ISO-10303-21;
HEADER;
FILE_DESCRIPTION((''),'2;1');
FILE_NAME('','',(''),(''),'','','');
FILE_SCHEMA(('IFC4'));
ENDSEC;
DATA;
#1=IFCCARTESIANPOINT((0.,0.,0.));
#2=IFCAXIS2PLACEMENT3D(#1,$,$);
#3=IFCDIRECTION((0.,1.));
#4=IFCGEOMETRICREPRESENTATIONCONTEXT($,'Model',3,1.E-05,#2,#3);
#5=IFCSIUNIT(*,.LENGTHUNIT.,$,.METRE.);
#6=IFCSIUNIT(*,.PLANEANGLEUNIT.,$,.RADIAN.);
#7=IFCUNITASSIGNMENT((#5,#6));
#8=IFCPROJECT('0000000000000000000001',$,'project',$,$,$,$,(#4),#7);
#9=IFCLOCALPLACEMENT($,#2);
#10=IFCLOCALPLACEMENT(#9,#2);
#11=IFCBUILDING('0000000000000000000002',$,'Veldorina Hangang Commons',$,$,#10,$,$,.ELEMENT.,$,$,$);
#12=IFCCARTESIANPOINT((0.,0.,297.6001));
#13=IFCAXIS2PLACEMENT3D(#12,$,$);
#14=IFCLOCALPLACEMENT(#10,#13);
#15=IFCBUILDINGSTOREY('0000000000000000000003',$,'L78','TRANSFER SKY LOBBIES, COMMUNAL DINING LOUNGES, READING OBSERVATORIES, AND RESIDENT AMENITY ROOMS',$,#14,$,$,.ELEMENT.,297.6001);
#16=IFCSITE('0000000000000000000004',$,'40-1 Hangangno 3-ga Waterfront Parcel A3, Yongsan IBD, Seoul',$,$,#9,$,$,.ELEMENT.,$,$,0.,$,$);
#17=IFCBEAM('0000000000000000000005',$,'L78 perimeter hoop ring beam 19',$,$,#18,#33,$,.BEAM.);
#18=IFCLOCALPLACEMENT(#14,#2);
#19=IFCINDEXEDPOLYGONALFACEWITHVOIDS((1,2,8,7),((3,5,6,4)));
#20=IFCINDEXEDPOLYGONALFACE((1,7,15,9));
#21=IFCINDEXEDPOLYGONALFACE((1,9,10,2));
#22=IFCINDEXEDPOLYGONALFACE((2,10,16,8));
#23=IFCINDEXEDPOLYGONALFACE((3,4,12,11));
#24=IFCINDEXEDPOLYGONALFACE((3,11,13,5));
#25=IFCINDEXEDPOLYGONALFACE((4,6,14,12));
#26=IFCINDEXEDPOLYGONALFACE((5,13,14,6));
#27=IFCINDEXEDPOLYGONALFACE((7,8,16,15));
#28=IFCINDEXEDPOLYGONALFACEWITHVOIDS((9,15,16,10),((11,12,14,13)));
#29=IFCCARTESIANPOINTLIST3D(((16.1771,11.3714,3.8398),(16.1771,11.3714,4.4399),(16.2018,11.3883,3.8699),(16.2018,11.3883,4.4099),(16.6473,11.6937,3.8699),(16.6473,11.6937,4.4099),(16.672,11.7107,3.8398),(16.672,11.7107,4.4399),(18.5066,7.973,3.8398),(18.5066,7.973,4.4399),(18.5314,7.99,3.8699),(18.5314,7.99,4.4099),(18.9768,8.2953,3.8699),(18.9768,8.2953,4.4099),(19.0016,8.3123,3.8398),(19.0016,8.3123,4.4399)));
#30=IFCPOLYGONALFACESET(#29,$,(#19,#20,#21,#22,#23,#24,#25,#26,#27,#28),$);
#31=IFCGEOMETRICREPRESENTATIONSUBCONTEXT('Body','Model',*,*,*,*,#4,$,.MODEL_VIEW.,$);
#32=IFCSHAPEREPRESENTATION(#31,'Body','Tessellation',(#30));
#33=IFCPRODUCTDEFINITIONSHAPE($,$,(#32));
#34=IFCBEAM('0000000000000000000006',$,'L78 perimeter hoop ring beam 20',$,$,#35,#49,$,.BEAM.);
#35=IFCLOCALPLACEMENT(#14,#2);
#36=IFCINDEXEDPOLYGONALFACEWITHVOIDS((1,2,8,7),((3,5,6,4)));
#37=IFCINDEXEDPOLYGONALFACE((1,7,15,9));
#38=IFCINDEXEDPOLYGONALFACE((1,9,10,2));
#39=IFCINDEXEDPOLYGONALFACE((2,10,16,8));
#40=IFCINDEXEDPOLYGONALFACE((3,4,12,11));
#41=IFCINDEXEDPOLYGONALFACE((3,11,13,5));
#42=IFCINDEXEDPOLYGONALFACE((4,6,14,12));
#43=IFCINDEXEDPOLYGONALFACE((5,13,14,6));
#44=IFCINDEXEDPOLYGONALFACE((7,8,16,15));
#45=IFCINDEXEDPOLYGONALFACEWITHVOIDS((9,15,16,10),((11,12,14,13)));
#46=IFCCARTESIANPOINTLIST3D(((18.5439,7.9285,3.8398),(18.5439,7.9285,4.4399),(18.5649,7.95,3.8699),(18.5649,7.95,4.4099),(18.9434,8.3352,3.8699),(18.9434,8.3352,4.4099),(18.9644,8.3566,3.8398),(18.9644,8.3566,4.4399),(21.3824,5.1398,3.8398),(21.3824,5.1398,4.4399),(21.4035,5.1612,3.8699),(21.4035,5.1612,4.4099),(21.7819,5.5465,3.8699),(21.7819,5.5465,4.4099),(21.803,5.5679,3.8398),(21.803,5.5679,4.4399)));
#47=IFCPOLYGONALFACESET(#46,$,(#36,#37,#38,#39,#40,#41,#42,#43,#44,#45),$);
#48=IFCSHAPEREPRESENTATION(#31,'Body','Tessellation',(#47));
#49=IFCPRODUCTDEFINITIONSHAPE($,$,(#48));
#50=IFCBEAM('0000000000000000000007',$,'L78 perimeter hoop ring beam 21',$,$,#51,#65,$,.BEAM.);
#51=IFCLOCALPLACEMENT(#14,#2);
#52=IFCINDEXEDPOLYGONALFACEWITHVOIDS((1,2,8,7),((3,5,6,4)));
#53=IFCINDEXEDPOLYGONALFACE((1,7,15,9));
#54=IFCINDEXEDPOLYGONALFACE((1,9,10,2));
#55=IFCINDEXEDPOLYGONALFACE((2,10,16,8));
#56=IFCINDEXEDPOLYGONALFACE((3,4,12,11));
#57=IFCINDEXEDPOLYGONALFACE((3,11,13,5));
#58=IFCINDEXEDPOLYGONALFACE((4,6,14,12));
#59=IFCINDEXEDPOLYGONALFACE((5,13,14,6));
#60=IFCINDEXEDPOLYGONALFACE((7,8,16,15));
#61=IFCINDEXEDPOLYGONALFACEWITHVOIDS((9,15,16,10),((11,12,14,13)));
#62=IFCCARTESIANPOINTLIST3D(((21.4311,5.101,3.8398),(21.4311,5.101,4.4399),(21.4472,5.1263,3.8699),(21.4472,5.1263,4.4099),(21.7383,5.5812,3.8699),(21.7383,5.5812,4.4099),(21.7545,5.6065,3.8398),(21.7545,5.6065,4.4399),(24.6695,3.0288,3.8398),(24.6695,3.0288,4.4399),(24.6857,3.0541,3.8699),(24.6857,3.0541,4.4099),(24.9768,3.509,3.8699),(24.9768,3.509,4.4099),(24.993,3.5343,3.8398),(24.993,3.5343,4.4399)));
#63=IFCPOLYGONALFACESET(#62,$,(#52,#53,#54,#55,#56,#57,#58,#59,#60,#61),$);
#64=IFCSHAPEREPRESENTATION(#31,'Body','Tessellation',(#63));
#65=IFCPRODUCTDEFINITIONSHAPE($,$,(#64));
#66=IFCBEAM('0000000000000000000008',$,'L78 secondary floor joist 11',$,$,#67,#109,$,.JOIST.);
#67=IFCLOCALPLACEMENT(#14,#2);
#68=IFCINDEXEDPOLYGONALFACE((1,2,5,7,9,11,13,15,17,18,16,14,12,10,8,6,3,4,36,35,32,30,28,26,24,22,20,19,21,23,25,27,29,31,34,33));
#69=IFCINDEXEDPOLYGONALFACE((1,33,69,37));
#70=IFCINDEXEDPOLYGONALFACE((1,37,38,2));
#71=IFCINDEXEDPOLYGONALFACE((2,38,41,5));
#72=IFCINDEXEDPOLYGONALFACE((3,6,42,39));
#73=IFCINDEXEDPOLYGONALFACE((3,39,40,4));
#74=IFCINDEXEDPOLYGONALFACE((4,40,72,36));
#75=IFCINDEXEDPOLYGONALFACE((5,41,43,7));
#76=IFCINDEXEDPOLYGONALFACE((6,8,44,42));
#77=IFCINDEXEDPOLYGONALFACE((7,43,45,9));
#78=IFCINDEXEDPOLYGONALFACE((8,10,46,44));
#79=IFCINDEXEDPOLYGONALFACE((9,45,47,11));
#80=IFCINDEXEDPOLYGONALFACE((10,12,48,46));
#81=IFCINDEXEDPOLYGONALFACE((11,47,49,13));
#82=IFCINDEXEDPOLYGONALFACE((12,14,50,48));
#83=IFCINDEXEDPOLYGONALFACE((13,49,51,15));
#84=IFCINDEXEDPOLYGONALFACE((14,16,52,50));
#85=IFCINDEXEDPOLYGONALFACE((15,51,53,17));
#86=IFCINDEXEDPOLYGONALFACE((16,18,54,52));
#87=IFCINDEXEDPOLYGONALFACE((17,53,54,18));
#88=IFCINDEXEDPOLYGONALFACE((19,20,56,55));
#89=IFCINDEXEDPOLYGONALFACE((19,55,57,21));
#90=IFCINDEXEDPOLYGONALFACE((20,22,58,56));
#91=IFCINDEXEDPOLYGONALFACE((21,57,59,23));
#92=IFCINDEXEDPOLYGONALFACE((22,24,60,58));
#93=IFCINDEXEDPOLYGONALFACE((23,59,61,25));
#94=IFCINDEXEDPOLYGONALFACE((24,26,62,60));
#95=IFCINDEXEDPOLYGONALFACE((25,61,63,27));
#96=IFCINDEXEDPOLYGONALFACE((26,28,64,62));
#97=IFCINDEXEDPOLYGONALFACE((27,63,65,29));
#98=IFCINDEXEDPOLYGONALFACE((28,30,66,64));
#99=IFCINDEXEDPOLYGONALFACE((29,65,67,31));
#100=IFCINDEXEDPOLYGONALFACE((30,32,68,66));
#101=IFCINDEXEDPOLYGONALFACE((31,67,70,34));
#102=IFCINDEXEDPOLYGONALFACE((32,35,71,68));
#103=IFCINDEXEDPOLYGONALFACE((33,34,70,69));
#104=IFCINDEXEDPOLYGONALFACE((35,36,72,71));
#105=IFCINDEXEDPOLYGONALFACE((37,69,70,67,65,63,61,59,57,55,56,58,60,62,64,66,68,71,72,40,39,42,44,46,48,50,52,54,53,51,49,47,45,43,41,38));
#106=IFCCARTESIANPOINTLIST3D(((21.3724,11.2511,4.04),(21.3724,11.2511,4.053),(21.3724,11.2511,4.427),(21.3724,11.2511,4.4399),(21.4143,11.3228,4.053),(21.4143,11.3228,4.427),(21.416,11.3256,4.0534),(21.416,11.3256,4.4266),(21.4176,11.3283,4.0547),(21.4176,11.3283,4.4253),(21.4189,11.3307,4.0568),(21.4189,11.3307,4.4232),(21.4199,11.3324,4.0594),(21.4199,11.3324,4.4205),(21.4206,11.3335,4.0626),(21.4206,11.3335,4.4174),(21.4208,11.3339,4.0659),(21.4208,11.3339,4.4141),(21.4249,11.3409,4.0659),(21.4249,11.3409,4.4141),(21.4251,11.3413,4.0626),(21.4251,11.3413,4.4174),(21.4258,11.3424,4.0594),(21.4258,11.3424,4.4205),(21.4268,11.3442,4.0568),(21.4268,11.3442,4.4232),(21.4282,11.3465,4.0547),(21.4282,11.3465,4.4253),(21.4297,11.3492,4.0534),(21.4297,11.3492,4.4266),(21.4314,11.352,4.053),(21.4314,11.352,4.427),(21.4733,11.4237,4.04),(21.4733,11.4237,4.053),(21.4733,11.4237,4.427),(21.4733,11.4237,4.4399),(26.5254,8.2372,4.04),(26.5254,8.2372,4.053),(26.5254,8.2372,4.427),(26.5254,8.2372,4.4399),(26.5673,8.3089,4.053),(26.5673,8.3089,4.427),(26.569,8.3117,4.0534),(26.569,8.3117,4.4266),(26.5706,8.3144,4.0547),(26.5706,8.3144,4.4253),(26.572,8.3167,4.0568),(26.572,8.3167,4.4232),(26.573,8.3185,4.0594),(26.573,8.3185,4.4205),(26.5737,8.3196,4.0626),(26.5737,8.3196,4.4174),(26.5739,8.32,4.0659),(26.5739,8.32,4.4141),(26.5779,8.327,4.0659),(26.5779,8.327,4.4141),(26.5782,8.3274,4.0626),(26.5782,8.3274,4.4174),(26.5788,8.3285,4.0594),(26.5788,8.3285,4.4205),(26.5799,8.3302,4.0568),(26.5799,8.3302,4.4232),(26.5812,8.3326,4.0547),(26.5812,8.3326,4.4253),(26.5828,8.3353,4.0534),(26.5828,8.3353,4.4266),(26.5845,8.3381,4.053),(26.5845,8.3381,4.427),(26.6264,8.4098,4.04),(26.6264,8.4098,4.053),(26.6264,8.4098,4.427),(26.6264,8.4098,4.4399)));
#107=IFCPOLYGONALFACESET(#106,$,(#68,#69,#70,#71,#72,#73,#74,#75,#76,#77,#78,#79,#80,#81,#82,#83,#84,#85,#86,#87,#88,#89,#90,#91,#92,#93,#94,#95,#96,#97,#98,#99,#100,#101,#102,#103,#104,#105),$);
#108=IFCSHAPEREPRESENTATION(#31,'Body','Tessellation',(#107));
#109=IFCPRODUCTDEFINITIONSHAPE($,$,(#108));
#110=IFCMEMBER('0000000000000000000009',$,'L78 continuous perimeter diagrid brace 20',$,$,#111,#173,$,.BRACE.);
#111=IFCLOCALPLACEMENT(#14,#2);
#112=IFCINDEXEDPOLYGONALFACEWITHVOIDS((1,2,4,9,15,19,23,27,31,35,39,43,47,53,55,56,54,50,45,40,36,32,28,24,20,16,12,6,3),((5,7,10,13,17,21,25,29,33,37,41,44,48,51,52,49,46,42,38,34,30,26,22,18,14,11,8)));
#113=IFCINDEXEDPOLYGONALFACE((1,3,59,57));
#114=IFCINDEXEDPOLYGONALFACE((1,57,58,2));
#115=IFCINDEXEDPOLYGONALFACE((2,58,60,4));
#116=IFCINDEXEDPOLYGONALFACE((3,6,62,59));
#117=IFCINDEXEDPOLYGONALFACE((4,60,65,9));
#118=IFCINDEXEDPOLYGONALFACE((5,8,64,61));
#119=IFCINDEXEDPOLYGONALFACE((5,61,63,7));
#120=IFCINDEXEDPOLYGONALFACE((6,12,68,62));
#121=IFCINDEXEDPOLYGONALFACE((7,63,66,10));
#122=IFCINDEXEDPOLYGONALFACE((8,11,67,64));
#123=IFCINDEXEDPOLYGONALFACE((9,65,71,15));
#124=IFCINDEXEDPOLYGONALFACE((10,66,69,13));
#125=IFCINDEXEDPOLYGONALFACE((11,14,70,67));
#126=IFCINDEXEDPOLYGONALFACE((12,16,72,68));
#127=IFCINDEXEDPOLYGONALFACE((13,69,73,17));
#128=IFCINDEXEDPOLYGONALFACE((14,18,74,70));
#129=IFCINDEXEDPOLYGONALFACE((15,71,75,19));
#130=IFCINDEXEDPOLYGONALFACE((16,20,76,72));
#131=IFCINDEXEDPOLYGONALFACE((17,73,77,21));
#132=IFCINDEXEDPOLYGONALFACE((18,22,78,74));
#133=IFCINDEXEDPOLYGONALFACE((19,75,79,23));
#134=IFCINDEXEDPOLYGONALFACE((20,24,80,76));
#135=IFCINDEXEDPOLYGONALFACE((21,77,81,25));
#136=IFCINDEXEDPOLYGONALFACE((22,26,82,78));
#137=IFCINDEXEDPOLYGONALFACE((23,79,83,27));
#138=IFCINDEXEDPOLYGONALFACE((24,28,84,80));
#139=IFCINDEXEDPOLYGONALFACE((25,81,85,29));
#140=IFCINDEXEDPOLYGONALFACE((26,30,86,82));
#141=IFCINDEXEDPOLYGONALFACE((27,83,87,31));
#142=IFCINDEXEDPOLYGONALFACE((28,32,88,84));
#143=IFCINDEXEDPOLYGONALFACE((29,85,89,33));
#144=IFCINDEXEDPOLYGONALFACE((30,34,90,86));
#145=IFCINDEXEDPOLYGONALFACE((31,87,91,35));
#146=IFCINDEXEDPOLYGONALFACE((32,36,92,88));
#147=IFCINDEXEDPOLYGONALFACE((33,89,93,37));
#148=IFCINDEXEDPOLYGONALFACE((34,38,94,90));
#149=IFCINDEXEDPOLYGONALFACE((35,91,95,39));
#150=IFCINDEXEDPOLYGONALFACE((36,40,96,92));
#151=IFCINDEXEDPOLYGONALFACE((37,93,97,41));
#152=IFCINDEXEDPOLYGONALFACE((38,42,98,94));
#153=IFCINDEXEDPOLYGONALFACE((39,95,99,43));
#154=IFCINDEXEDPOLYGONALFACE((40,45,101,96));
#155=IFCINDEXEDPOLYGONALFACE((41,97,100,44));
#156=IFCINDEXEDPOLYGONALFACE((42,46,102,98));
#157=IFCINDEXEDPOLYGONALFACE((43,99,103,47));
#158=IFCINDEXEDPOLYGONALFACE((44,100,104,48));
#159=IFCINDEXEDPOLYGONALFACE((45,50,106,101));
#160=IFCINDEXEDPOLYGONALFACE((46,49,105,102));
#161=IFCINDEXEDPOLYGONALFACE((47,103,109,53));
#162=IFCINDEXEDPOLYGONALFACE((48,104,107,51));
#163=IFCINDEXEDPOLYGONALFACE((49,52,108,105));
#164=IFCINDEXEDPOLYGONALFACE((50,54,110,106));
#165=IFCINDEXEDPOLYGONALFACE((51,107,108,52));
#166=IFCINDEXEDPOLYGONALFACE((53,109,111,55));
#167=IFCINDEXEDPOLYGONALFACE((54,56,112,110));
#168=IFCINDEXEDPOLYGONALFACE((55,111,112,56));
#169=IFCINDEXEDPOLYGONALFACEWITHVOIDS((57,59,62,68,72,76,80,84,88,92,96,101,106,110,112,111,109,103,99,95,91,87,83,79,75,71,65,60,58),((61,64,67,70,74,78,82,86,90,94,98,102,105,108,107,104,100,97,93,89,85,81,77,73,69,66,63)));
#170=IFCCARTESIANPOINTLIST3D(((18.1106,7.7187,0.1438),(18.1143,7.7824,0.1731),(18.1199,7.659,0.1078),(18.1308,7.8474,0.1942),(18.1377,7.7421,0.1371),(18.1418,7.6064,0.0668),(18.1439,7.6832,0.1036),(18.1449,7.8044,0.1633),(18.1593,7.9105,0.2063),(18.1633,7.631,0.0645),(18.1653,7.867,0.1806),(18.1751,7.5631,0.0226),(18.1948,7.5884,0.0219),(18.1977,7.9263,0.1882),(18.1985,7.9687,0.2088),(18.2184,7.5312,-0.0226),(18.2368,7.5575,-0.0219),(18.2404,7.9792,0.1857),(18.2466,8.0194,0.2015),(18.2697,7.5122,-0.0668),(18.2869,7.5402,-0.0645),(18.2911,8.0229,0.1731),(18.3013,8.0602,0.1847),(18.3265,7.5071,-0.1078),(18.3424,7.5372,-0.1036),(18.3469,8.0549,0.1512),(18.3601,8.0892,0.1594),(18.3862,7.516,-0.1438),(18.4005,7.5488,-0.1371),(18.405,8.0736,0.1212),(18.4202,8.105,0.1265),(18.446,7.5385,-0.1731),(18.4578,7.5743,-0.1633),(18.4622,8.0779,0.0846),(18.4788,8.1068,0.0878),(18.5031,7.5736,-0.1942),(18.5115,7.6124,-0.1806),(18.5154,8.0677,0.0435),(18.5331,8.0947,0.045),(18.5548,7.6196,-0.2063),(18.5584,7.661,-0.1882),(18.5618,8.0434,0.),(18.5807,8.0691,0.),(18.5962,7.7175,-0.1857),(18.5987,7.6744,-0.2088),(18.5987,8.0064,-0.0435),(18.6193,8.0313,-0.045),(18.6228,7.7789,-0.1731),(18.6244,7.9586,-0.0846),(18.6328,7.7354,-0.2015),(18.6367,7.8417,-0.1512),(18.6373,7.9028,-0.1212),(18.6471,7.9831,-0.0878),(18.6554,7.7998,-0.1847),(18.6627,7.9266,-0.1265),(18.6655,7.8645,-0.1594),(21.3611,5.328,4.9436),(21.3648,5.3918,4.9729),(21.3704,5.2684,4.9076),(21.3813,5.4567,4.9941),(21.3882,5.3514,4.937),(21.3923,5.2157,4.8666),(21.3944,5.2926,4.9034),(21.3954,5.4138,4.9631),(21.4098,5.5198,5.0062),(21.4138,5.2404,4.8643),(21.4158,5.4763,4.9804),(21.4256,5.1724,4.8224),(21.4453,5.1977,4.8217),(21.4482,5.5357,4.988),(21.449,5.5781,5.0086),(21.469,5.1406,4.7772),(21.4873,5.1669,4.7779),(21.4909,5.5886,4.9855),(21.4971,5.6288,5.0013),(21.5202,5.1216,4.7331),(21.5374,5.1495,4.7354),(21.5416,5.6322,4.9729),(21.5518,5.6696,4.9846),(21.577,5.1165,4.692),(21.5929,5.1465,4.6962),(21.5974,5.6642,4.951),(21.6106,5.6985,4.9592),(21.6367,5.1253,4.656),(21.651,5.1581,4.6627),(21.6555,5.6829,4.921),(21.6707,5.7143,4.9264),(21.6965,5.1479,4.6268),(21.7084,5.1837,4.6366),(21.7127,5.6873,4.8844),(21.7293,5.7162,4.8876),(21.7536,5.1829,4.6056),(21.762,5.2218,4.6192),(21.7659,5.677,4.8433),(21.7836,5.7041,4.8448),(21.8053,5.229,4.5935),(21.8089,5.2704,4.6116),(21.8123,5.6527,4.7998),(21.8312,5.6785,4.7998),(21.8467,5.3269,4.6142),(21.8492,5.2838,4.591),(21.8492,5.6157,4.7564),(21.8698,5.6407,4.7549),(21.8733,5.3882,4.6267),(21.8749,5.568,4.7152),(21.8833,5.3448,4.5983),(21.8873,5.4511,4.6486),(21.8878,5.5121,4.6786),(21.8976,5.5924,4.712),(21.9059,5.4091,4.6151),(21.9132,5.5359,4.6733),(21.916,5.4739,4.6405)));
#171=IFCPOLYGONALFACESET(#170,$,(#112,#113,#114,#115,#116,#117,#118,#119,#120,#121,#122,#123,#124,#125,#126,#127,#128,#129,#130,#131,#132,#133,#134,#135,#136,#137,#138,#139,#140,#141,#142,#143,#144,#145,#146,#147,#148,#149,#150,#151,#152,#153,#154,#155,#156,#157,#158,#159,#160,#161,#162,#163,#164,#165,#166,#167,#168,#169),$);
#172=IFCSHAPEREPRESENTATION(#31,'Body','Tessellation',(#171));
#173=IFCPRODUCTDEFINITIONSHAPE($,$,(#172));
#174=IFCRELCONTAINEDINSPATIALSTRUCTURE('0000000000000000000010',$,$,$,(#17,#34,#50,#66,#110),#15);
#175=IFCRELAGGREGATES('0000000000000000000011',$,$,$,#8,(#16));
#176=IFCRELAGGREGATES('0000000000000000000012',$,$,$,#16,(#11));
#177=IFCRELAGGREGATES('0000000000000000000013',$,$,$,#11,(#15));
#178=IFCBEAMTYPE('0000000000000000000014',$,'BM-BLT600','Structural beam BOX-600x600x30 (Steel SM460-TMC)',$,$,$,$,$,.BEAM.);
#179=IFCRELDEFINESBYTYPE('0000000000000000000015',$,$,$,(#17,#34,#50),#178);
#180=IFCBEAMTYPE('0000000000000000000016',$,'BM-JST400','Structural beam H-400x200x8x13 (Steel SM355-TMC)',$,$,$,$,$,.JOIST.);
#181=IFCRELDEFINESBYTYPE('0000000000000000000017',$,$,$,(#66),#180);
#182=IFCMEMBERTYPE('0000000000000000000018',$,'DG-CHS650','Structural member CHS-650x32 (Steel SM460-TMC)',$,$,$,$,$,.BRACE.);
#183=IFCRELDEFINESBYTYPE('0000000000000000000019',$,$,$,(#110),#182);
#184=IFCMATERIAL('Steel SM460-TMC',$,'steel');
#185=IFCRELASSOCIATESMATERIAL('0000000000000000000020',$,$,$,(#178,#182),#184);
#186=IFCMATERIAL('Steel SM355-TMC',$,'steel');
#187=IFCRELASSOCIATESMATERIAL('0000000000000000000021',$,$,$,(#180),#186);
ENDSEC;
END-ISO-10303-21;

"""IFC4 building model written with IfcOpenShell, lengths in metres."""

from ifc_helpers import new_model, si_unit, direction, frame, origin, origin_2d, place, context, subcontext, project, spatial, hollow_rectangle, hollow_circle, i_section, extrude, material, material_profile, profile_set, type_object, element, save


model = new_model("IFC4")

# Units and contexts
model_context = context("Model", 3, precision=1e-05, world=origin(), true_north=direction((0.0, 1.0)))
body_context = subcontext(model_context, "Body", "Model", "MODEL_VIEW")
ifc_project = project(units=[si_unit("LENGTHUNIT", "METRE"), si_unit("PLANEANGLEUNIT", "RADIAN")], contexts=[model_context])

# Site, building, storey
site_placement = place(None, origin())
site = spatial("IfcSite", under=ifc_project, at=site_placement, Name="40-1 Hangangno 3-ga Waterfront Parcel A3, Yongsan IBD, Seoul", CompositionType="ELEMENT", RefElevation=0.0)
building_placement = place(site_placement, origin())
building = spatial("IfcBuilding", under=site, at=building_placement, Name="Veldorina Hangang Commons", CompositionType="ELEMENT")
storey_placement = place(building_placement, frame((0.0, 0.0, 297.6001)))
storey = spatial("IfcBuildingStorey", under=building, at=storey_placement, Name="L78", Description="TRANSFER SKY LOBBIES, COMMUNAL DINING LOUNGES, READING OBSERVATORIES, AND RESIDENT AMENITY ROOMS", CompositionType="ELEMENT", Elevation=297.6001)

# Beams
ifc_material_1 = material(Name="Steel SM460-TMC", Category="steel")
ifc_material_profile_1 = material_profile(ifc_material_1, hollow_rectangle(XDim=0.6001, YDim=0.6001, WallThickness=0.03, at=origin_2d()), Name="BOX-600x600x30")
ifc_profile_set_1 = profile_set([ifc_material_profile_1], Name="Steel SM460-TMC")
beam_type_1 = type_object("IfcBeamType", Name="BM-BLT600", Description="Structural beam BOX-600x600x30 (Steel SM460-TMC)", PredefinedType="BEAM", material=ifc_profile_set_1)
beam_1_placement = place(storey_placement, frame((16.4246, 11.541, 4.1399), z_axis=(0.565402, -0.824816, 0.0), x_axis=(0.824816, 0.565402, 0.0)))
element("IfcBeam", 1, at=beam_1_placement, inside=storey, type_object=beam_type_1, Name="L78 perimeter hoop ring beam 19", PredefinedType="BEAM", context=body_context, shape_type="SweptSolid", body=[
    extrude(hollow_rectangle(XDim=0.6001, YDim=0.6001, WallThickness=0.03, at=origin_2d()), origin(), (0.0, 0.0, 1.0), 4.1201),
])
beam_2_placement = place(storey_placement, frame((18.7542, 8.1426, 4.1399), z_axis=(0.713337, -0.700821, 0.0), x_axis=(0.700821, 0.713337, 0.0)))
element("IfcBeam", 2, at=beam_2_placement, inside=storey, type_object=beam_type_1, Name="L78 perimeter hoop ring beam 20", PredefinedType="BEAM", context=body_context, shape_type="SweptSolid", body=[
    extrude(hollow_rectangle(XDim=0.6001, YDim=0.6001, WallThickness=0.03, at=origin_2d()), origin(), (0.0, 0.0, 1.0), 3.9792),
])
beam_3_placement = place(storey_placement, frame((21.5928, 5.3538, 4.1399), z_axis=(0.842318, -0.538982, 0.0), x_axis=(0.538982, 0.842318, 0.0)))
element("IfcBeam", 3, at=beam_3_placement, inside=storey, type_object=beam_type_1, Name="L78 perimeter hoop ring beam 21", PredefinedType="BEAM", context=body_context, shape_type="SweptSolid", body=[
    extrude(hollow_rectangle(XDim=0.6001, YDim=0.6001, WallThickness=0.03, at=origin_2d()), origin(), (0.0, 0.0, 1.0), 3.8447),
])
ifc_material_2 = material(Name="Steel SM355-TMC", Category="steel")
ifc_material_profile_2 = material_profile(ifc_material_2, i_section(OverallWidth=0.2, OverallDepth=0.3999, WebThickness=0.0081, FlangeThickness=0.0129, FilletRadius=0.0129, at=origin_2d()), Name="H-400x200x8x13")
ifc_profile_set_2 = profile_set([ifc_material_profile_2], Name="Steel SM355-TMC")
beam_type_2 = type_object("IfcBeamType", Name="BM-JST400", Description="Structural beam H-400x200x8x13 (Steel SM355-TMC)", PredefinedType="JOIST", material=ifc_profile_set_2)
beam_4_placement = place(storey_placement, frame((21.4229, 11.3374, 4.24), z_axis=(0.863198, -0.504865, 0.0), x_axis=(0.504865, 0.863198, 0.0)))
element("IfcBeam", 4, at=beam_4_placement, inside=storey, type_object=beam_type_2, Name="L78 secondary floor joist 11", PredefinedType="JOIST", context=body_context, shape_type="SweptSolid", body=[
    extrude(i_section(OverallWidth=0.2, OverallDepth=0.3999, WebThickness=0.0081, FlangeThickness=0.0129, FilletRadius=0.0129, at=origin_2d()), origin(), (0.0, 0.0, 1.0), 5.9697),
])

# Member
ifc_material_profile_3 = material_profile(ifc_material_1, hollow_circle(Radius=0.325, WallThickness=0.032, at=origin_2d()), Name="CHS-650x32")
ifc_profile_set_3 = profile_set([ifc_material_profile_3], Name="Steel SM460-TMC")
member_type_1 = type_object("IfcMemberType", Name="DG-CHS650", Description="Structural member CHS-650x32 (Steel SM460-TMC)", PredefinedType="BRACE", material=ifc_profile_set_3)
member_1_placement = place(storey_placement, frame((18.3882, 7.8074, 0.0), z_axis=(0.51838, -0.381251, 0.765461), x_axis=(0.592481, 0.805585, 0.0)))
element("IfcMember", 5, at=member_1_placement, inside=storey, type_object=member_type_1, Name="L78 continuous perimeter diagrid brace 20", PredefinedType="BRACE", context=body_context, shape_type="SweptSolid", body=[
    extrude(hollow_circle(Radius=0.325, WallThickness=0.032, at=origin_2d()), origin(), (0.0, 0.0, 1.0), 6.2705),
])

save(model, "model.ifc")
